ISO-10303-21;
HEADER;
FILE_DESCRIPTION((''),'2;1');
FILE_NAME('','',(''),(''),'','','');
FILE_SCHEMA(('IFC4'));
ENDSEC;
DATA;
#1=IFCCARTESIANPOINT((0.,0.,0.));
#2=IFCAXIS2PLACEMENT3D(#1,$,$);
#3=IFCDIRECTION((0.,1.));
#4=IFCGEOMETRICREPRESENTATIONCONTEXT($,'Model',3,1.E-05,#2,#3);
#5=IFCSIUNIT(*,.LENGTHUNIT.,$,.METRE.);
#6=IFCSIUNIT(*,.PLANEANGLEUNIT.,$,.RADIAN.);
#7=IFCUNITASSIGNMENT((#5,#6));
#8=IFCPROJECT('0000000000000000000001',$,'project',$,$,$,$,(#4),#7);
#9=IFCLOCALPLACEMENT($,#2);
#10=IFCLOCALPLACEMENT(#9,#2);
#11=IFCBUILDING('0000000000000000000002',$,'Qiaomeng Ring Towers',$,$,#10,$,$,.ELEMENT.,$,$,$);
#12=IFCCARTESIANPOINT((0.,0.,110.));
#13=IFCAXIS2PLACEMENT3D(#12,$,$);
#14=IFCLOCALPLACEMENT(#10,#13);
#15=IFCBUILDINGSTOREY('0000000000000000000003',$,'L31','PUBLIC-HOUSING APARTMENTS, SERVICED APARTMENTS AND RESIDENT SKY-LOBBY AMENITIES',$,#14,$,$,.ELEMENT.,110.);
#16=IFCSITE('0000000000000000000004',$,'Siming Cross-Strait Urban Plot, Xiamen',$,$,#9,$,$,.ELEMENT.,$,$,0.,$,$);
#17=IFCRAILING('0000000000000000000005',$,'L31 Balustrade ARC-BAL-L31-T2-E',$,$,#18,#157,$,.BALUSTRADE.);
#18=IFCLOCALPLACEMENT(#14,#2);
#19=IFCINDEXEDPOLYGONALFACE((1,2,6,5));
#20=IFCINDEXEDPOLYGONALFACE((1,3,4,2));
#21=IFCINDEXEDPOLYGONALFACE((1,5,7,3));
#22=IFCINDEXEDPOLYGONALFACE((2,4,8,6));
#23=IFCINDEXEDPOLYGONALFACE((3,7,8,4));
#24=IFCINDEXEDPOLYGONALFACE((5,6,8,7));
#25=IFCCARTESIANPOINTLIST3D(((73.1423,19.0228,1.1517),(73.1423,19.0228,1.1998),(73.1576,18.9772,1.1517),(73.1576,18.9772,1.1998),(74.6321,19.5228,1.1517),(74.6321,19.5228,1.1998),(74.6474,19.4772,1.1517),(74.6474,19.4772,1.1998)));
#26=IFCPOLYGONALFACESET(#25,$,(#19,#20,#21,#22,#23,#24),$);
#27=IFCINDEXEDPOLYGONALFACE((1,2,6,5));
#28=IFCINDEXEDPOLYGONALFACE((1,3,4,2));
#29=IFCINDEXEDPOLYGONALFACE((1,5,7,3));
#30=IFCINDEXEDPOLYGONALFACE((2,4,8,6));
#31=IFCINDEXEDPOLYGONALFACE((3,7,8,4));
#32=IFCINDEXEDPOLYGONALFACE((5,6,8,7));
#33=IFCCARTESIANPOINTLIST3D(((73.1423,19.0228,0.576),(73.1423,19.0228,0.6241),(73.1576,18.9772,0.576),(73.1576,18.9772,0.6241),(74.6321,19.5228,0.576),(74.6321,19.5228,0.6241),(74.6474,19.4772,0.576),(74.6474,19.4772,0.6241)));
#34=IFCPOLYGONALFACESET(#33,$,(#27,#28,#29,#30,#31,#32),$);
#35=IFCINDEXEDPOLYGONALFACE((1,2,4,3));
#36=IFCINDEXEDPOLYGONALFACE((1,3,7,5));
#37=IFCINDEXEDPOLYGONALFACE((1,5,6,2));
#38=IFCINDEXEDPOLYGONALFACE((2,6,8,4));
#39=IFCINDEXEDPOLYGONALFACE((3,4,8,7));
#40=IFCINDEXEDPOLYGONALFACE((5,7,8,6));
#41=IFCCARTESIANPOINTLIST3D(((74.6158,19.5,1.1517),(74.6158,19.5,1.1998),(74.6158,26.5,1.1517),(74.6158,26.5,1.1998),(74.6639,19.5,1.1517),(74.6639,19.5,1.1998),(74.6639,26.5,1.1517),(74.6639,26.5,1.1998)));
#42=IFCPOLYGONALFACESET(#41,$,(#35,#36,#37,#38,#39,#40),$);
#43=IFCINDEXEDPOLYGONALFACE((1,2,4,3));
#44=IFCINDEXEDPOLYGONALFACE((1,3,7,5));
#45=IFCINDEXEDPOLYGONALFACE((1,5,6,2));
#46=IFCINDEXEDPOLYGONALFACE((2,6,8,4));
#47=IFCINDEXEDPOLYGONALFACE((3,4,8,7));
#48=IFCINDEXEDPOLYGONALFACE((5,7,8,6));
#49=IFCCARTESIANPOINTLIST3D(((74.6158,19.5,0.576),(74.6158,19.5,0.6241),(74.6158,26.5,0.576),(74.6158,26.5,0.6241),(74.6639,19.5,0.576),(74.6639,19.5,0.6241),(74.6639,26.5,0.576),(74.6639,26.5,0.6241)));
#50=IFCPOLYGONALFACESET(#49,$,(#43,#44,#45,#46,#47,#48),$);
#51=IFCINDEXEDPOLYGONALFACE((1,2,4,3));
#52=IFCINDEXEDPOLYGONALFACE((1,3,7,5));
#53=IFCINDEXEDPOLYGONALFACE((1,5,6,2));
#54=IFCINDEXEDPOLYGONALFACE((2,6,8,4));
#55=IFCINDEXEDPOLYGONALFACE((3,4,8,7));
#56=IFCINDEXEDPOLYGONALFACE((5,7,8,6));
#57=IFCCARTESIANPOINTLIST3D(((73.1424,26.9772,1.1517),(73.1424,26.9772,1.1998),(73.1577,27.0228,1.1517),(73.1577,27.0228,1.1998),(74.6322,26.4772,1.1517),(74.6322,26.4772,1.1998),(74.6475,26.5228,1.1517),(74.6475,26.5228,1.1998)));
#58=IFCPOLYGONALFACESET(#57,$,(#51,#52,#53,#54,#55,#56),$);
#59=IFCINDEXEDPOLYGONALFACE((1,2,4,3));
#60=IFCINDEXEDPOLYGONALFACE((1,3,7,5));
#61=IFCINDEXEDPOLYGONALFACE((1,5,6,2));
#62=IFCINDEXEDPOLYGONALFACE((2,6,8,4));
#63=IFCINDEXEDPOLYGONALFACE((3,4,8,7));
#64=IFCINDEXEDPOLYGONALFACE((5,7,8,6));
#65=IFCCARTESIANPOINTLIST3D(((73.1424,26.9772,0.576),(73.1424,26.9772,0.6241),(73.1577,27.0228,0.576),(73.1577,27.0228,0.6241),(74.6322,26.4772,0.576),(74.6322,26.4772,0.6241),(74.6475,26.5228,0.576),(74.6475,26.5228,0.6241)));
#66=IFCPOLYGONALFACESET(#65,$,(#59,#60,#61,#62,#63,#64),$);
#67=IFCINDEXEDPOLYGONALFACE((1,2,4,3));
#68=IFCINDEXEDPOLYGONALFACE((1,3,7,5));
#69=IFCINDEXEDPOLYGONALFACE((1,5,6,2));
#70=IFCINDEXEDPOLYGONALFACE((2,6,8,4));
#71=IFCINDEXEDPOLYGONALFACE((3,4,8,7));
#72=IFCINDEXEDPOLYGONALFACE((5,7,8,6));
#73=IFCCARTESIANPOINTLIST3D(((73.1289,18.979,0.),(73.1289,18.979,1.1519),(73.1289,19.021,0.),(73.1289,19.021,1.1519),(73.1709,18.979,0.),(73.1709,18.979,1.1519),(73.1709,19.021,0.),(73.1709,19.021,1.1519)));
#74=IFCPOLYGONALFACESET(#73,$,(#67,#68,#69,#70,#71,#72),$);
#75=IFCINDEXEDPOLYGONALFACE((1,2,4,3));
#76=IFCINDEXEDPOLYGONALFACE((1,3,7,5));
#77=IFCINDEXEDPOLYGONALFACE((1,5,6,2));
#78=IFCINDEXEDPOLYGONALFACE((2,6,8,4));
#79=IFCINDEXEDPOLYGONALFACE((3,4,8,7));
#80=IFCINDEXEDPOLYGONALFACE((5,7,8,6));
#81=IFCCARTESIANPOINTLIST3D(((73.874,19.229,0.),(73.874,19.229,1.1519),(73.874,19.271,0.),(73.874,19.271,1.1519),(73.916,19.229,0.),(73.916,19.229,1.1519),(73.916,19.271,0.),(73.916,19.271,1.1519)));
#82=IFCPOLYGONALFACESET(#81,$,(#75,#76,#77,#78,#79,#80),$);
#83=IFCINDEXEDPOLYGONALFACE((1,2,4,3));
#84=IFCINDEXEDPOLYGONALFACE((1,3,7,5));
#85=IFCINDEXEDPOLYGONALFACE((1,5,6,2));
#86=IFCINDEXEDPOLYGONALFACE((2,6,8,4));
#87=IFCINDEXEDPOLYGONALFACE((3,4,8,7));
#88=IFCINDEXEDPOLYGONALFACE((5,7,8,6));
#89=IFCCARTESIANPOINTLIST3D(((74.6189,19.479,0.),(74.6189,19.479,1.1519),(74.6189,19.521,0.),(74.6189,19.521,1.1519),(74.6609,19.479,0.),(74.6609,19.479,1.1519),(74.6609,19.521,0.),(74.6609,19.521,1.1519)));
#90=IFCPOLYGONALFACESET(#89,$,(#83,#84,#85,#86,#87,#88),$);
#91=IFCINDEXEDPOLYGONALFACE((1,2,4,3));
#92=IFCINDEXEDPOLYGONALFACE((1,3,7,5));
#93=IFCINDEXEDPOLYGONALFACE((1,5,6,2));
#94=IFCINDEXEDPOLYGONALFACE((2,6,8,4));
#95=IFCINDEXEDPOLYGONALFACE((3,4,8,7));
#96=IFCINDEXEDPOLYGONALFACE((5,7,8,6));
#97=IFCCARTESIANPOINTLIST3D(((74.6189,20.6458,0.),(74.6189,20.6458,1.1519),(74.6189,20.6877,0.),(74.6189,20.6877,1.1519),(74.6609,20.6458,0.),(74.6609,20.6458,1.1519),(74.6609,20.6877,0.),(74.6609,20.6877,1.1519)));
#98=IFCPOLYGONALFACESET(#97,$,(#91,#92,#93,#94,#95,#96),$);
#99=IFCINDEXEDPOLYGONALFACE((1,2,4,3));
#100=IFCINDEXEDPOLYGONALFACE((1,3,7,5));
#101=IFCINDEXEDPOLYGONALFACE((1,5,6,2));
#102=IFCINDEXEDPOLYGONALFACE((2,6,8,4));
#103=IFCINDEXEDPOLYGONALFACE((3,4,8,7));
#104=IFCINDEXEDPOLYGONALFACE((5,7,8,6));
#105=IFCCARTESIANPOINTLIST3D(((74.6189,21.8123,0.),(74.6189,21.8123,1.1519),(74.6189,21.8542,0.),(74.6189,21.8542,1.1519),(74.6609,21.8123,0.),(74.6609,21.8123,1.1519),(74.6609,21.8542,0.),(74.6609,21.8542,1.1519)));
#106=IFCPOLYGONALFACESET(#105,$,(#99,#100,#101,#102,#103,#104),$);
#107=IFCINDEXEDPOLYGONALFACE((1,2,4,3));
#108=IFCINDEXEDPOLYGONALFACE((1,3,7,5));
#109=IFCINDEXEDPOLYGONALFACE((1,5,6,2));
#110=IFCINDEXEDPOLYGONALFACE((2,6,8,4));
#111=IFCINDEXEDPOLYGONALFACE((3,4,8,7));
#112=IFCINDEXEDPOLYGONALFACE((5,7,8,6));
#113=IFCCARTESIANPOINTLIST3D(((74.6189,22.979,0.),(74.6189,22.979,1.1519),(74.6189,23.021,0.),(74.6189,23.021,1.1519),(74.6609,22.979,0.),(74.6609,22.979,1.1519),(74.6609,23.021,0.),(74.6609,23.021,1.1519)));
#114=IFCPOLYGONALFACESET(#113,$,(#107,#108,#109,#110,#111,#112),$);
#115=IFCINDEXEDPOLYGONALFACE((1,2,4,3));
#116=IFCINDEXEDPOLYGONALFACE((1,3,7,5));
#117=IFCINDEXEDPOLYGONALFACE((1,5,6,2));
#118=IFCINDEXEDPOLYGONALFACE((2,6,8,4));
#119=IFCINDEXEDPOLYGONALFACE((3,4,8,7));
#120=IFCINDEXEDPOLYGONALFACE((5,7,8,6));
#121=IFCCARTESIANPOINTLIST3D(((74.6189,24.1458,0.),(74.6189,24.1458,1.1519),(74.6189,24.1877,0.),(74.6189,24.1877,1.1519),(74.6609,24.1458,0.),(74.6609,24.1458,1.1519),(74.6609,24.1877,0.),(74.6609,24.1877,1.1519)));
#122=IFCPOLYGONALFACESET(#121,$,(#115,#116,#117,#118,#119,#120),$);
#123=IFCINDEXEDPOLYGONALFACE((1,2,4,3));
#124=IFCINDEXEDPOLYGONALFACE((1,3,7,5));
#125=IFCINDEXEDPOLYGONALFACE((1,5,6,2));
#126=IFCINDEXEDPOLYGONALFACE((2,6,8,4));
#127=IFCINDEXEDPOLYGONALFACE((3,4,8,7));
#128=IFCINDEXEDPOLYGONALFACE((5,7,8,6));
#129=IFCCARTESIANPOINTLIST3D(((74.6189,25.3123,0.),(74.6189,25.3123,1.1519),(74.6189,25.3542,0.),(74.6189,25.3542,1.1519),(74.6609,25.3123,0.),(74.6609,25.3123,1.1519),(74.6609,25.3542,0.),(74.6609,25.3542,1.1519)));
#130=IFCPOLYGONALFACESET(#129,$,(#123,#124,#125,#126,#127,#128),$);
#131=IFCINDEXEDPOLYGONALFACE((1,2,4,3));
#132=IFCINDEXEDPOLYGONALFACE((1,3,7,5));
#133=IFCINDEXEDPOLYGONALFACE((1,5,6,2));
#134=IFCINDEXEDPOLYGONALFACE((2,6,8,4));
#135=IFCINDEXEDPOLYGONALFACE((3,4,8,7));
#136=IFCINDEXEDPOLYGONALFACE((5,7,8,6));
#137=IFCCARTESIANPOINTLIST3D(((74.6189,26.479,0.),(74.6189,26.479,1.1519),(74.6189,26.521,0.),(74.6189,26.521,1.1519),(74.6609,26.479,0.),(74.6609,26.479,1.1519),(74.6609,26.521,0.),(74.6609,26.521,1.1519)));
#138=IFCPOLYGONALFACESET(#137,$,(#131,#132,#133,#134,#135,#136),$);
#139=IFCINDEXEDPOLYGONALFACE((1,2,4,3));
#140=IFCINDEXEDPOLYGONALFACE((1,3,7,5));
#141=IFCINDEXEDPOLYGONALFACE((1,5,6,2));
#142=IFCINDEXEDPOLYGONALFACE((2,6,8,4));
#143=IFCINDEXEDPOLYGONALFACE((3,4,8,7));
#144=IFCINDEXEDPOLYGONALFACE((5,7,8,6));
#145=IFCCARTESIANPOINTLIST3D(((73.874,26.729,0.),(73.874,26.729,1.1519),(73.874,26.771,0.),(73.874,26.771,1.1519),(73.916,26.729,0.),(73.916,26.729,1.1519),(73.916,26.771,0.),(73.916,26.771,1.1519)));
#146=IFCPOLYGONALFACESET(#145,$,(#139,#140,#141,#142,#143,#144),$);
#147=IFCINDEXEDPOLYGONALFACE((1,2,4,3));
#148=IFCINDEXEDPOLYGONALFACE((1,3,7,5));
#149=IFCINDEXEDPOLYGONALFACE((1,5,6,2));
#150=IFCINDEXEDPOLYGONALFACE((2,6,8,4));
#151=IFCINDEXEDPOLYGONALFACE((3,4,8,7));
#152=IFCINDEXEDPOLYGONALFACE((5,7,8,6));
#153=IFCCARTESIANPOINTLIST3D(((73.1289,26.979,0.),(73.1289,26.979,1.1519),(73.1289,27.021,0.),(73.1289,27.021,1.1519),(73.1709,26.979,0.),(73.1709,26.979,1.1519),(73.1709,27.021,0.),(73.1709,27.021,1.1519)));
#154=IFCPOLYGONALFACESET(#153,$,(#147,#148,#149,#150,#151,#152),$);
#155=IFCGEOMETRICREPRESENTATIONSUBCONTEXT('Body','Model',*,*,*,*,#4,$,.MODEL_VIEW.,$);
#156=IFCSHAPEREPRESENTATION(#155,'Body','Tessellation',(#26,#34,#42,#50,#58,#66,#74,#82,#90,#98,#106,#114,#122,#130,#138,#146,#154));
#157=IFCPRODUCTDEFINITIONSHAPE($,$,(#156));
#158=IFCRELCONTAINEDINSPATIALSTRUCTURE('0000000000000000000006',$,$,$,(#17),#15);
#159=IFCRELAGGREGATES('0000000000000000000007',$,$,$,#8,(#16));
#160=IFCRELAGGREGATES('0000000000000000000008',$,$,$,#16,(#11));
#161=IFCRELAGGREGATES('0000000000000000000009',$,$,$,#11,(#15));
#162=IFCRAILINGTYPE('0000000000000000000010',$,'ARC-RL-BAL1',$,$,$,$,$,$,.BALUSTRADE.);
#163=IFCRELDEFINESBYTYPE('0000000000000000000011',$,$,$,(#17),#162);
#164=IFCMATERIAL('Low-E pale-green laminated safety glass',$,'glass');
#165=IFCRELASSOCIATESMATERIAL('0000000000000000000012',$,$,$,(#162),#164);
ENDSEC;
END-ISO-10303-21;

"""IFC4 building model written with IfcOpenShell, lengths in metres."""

from ifc_helpers import new_model, si_unit, direction, frame, origin, origin_2d, place, context, subcontext, project, spatial, rectangle, extrude, material, type_object, element, save


model = new_model("IFC4")

# Units and contexts
model_context = context("Model", 3, precision=1e-05, world=origin(), true_north=direction((0.0, 1.0)))
body_context = subcontext(model_context, "Body", "Model", "MODEL_VIEW")
ifc_project = project(units=[si_unit("LENGTHUNIT", "METRE"), si_unit("PLANEANGLEUNIT", "RADIAN")], contexts=[model_context])

# Site, building, storey
site_placement = place(None, origin())
site = spatial("IfcSite", under=ifc_project, at=site_placement, Name="Siming Cross-Strait Urban Plot, Xiamen", CompositionType="ELEMENT", RefElevation=0.0)
building_placement = place(site_placement, origin())
building = spatial("IfcBuilding", under=site, at=building_placement, Name="Qiaomeng Ring Towers", CompositionType="ELEMENT")
storey_placement = place(building_placement, frame((0.0, 0.0, 110.0)))
storey = spatial("IfcBuildingStorey", under=building, at=storey_placement, Name="L31", Description="PUBLIC-HOUSING APARTMENTS, SERVICED APARTMENTS AND RESIDENT SKY-LOBBY AMENITIES", CompositionType="ELEMENT", Elevation=110.0)

# Railing
ifc_material_1 = material(Name="Low-E pale-green laminated safety glass", Category="glass")
railing_type = type_object("IfcRailingType", Name="ARC-RL-BAL1", PredefinedType="BALUSTRADE", material=ifc_material_1)
railing_1_placement = place(storey_placement, frame((73.1499, 19.0, 0.0)))
element("IfcRailing", 1, at=railing_1_placement, inside=storey, type_object=railing_type, Name="L31 Balustrade ARC-BAL-L31-T2-E", PredefinedType="BALUSTRADE", context=body_context, shape_type="SweptSolid", body=[
    extrude(rectangle(XDim=0.0481, YDim=0.0481, at=origin_2d()), frame((0.0, 0.0, 1.1758), z_axis=(0.948044, 0.318138, 0.0), x_axis=(-0.318138, 0.948044, 0.0)), (0.0, 0.0, 1.0), 1.5715),
    extrude(rectangle(XDim=0.0481, YDim=0.0481, at=origin_2d()), frame((0.0, 0.0, 0.6001), z_axis=(0.948044, 0.318138, 0.0), x_axis=(-0.318138, 0.948044, 0.0)), (0.0, 0.0, 1.0), 1.5715),
    extrude(rectangle(XDim=0.0481, YDim=0.0481, at=origin_2d()), frame((1.49, 0.5, 1.1758), z_axis=(0.0, 1.0, 0.0), x_axis=(-1.0, 0.0, 0.0)), (0.0, 0.0, 1.0), 7.0),
    extrude(rectangle(XDim=0.0481, YDim=0.0481, at=origin_2d()), frame((1.49, 0.5, 0.6001), z_axis=(0.0, 1.0, 0.0), x_axis=(-1.0, 0.0, 0.0)), (0.0, 0.0, 1.0), 7.0),
    extrude(rectangle(XDim=0.0481, YDim=0.0481, at=origin_2d()), frame((1.49, 7.5, 1.1758), z_axis=(-0.948044, 0.318138, 0.0), x_axis=(-0.318138, -0.948044, 0.0)), (0.0, 0.0, 1.0), 1.5715),
    extrude(rectangle(XDim=0.0481, YDim=0.0481, at=origin_2d()), frame((1.49, 7.5, 0.6001), z_axis=(-0.948044, 0.318138, 0.0), x_axis=(-0.318138, -0.948044, 0.0)), (0.0, 0.0, 1.0), 1.5715),
    extrude(rectangle(XDim=0.042, YDim=0.042, at=origin_2d()), origin(), (0.0, 0.0, 1.0), 1.1519),
    extrude(rectangle(XDim=0.042, YDim=0.042, at=origin_2d()), frame((0.7451, 0.25, 0.0)), (0.0, 0.0, 1.0), 1.1519),
    extrude(rectangle(XDim=0.042, YDim=0.042, at=origin_2d()), frame((1.49, 0.5, 0.0)), (0.0, 0.0, 1.0), 1.1519),
    extrude(rectangle(XDim=0.042, YDim=0.042, at=origin_2d()), frame((1.49, 1.6667, 0.0)), (0.0, 0.0, 1.0), 1.1519),
    extrude(rectangle(XDim=0.042, YDim=0.042, at=origin_2d()), frame((1.49, 2.8333, 0.0)), (0.0, 0.0, 1.0), 1.1519),
    extrude(rectangle(XDim=0.042, YDim=0.042, at=origin_2d()), frame((1.49, 4.0, 0.0)), (0.0, 0.0, 1.0), 1.1519),
    extrude(rectangle(XDim=0.042, YDim=0.042, at=origin_2d()), frame((1.49, 5.1667, 0.0)), (0.0, 0.0, 1.0), 1.1519),
    extrude(rectangle(XDim=0.042, YDim=0.042, at=origin_2d()), frame((1.49, 6.3333, 0.0)), (0.0, 0.0, 1.0), 1.1519),
    extrude(rectangle(XDim=0.042, YDim=0.042, at=origin_2d()), frame((1.49, 7.5, 0.0)), (0.0, 0.0, 1.0), 1.1519),
    extrude(rectangle(XDim=0.042, YDim=0.042, at=origin_2d()), frame((0.7451, 7.75, 0.0)), (0.0, 0.0, 1.0), 1.1519),
    extrude(rectangle(XDim=0.042, YDim=0.042, at=origin_2d()), frame((0.0, 8.0, 0.0)), (0.0, 0.0, 1.0), 1.1519),
])

save(model, "model.ifc")
